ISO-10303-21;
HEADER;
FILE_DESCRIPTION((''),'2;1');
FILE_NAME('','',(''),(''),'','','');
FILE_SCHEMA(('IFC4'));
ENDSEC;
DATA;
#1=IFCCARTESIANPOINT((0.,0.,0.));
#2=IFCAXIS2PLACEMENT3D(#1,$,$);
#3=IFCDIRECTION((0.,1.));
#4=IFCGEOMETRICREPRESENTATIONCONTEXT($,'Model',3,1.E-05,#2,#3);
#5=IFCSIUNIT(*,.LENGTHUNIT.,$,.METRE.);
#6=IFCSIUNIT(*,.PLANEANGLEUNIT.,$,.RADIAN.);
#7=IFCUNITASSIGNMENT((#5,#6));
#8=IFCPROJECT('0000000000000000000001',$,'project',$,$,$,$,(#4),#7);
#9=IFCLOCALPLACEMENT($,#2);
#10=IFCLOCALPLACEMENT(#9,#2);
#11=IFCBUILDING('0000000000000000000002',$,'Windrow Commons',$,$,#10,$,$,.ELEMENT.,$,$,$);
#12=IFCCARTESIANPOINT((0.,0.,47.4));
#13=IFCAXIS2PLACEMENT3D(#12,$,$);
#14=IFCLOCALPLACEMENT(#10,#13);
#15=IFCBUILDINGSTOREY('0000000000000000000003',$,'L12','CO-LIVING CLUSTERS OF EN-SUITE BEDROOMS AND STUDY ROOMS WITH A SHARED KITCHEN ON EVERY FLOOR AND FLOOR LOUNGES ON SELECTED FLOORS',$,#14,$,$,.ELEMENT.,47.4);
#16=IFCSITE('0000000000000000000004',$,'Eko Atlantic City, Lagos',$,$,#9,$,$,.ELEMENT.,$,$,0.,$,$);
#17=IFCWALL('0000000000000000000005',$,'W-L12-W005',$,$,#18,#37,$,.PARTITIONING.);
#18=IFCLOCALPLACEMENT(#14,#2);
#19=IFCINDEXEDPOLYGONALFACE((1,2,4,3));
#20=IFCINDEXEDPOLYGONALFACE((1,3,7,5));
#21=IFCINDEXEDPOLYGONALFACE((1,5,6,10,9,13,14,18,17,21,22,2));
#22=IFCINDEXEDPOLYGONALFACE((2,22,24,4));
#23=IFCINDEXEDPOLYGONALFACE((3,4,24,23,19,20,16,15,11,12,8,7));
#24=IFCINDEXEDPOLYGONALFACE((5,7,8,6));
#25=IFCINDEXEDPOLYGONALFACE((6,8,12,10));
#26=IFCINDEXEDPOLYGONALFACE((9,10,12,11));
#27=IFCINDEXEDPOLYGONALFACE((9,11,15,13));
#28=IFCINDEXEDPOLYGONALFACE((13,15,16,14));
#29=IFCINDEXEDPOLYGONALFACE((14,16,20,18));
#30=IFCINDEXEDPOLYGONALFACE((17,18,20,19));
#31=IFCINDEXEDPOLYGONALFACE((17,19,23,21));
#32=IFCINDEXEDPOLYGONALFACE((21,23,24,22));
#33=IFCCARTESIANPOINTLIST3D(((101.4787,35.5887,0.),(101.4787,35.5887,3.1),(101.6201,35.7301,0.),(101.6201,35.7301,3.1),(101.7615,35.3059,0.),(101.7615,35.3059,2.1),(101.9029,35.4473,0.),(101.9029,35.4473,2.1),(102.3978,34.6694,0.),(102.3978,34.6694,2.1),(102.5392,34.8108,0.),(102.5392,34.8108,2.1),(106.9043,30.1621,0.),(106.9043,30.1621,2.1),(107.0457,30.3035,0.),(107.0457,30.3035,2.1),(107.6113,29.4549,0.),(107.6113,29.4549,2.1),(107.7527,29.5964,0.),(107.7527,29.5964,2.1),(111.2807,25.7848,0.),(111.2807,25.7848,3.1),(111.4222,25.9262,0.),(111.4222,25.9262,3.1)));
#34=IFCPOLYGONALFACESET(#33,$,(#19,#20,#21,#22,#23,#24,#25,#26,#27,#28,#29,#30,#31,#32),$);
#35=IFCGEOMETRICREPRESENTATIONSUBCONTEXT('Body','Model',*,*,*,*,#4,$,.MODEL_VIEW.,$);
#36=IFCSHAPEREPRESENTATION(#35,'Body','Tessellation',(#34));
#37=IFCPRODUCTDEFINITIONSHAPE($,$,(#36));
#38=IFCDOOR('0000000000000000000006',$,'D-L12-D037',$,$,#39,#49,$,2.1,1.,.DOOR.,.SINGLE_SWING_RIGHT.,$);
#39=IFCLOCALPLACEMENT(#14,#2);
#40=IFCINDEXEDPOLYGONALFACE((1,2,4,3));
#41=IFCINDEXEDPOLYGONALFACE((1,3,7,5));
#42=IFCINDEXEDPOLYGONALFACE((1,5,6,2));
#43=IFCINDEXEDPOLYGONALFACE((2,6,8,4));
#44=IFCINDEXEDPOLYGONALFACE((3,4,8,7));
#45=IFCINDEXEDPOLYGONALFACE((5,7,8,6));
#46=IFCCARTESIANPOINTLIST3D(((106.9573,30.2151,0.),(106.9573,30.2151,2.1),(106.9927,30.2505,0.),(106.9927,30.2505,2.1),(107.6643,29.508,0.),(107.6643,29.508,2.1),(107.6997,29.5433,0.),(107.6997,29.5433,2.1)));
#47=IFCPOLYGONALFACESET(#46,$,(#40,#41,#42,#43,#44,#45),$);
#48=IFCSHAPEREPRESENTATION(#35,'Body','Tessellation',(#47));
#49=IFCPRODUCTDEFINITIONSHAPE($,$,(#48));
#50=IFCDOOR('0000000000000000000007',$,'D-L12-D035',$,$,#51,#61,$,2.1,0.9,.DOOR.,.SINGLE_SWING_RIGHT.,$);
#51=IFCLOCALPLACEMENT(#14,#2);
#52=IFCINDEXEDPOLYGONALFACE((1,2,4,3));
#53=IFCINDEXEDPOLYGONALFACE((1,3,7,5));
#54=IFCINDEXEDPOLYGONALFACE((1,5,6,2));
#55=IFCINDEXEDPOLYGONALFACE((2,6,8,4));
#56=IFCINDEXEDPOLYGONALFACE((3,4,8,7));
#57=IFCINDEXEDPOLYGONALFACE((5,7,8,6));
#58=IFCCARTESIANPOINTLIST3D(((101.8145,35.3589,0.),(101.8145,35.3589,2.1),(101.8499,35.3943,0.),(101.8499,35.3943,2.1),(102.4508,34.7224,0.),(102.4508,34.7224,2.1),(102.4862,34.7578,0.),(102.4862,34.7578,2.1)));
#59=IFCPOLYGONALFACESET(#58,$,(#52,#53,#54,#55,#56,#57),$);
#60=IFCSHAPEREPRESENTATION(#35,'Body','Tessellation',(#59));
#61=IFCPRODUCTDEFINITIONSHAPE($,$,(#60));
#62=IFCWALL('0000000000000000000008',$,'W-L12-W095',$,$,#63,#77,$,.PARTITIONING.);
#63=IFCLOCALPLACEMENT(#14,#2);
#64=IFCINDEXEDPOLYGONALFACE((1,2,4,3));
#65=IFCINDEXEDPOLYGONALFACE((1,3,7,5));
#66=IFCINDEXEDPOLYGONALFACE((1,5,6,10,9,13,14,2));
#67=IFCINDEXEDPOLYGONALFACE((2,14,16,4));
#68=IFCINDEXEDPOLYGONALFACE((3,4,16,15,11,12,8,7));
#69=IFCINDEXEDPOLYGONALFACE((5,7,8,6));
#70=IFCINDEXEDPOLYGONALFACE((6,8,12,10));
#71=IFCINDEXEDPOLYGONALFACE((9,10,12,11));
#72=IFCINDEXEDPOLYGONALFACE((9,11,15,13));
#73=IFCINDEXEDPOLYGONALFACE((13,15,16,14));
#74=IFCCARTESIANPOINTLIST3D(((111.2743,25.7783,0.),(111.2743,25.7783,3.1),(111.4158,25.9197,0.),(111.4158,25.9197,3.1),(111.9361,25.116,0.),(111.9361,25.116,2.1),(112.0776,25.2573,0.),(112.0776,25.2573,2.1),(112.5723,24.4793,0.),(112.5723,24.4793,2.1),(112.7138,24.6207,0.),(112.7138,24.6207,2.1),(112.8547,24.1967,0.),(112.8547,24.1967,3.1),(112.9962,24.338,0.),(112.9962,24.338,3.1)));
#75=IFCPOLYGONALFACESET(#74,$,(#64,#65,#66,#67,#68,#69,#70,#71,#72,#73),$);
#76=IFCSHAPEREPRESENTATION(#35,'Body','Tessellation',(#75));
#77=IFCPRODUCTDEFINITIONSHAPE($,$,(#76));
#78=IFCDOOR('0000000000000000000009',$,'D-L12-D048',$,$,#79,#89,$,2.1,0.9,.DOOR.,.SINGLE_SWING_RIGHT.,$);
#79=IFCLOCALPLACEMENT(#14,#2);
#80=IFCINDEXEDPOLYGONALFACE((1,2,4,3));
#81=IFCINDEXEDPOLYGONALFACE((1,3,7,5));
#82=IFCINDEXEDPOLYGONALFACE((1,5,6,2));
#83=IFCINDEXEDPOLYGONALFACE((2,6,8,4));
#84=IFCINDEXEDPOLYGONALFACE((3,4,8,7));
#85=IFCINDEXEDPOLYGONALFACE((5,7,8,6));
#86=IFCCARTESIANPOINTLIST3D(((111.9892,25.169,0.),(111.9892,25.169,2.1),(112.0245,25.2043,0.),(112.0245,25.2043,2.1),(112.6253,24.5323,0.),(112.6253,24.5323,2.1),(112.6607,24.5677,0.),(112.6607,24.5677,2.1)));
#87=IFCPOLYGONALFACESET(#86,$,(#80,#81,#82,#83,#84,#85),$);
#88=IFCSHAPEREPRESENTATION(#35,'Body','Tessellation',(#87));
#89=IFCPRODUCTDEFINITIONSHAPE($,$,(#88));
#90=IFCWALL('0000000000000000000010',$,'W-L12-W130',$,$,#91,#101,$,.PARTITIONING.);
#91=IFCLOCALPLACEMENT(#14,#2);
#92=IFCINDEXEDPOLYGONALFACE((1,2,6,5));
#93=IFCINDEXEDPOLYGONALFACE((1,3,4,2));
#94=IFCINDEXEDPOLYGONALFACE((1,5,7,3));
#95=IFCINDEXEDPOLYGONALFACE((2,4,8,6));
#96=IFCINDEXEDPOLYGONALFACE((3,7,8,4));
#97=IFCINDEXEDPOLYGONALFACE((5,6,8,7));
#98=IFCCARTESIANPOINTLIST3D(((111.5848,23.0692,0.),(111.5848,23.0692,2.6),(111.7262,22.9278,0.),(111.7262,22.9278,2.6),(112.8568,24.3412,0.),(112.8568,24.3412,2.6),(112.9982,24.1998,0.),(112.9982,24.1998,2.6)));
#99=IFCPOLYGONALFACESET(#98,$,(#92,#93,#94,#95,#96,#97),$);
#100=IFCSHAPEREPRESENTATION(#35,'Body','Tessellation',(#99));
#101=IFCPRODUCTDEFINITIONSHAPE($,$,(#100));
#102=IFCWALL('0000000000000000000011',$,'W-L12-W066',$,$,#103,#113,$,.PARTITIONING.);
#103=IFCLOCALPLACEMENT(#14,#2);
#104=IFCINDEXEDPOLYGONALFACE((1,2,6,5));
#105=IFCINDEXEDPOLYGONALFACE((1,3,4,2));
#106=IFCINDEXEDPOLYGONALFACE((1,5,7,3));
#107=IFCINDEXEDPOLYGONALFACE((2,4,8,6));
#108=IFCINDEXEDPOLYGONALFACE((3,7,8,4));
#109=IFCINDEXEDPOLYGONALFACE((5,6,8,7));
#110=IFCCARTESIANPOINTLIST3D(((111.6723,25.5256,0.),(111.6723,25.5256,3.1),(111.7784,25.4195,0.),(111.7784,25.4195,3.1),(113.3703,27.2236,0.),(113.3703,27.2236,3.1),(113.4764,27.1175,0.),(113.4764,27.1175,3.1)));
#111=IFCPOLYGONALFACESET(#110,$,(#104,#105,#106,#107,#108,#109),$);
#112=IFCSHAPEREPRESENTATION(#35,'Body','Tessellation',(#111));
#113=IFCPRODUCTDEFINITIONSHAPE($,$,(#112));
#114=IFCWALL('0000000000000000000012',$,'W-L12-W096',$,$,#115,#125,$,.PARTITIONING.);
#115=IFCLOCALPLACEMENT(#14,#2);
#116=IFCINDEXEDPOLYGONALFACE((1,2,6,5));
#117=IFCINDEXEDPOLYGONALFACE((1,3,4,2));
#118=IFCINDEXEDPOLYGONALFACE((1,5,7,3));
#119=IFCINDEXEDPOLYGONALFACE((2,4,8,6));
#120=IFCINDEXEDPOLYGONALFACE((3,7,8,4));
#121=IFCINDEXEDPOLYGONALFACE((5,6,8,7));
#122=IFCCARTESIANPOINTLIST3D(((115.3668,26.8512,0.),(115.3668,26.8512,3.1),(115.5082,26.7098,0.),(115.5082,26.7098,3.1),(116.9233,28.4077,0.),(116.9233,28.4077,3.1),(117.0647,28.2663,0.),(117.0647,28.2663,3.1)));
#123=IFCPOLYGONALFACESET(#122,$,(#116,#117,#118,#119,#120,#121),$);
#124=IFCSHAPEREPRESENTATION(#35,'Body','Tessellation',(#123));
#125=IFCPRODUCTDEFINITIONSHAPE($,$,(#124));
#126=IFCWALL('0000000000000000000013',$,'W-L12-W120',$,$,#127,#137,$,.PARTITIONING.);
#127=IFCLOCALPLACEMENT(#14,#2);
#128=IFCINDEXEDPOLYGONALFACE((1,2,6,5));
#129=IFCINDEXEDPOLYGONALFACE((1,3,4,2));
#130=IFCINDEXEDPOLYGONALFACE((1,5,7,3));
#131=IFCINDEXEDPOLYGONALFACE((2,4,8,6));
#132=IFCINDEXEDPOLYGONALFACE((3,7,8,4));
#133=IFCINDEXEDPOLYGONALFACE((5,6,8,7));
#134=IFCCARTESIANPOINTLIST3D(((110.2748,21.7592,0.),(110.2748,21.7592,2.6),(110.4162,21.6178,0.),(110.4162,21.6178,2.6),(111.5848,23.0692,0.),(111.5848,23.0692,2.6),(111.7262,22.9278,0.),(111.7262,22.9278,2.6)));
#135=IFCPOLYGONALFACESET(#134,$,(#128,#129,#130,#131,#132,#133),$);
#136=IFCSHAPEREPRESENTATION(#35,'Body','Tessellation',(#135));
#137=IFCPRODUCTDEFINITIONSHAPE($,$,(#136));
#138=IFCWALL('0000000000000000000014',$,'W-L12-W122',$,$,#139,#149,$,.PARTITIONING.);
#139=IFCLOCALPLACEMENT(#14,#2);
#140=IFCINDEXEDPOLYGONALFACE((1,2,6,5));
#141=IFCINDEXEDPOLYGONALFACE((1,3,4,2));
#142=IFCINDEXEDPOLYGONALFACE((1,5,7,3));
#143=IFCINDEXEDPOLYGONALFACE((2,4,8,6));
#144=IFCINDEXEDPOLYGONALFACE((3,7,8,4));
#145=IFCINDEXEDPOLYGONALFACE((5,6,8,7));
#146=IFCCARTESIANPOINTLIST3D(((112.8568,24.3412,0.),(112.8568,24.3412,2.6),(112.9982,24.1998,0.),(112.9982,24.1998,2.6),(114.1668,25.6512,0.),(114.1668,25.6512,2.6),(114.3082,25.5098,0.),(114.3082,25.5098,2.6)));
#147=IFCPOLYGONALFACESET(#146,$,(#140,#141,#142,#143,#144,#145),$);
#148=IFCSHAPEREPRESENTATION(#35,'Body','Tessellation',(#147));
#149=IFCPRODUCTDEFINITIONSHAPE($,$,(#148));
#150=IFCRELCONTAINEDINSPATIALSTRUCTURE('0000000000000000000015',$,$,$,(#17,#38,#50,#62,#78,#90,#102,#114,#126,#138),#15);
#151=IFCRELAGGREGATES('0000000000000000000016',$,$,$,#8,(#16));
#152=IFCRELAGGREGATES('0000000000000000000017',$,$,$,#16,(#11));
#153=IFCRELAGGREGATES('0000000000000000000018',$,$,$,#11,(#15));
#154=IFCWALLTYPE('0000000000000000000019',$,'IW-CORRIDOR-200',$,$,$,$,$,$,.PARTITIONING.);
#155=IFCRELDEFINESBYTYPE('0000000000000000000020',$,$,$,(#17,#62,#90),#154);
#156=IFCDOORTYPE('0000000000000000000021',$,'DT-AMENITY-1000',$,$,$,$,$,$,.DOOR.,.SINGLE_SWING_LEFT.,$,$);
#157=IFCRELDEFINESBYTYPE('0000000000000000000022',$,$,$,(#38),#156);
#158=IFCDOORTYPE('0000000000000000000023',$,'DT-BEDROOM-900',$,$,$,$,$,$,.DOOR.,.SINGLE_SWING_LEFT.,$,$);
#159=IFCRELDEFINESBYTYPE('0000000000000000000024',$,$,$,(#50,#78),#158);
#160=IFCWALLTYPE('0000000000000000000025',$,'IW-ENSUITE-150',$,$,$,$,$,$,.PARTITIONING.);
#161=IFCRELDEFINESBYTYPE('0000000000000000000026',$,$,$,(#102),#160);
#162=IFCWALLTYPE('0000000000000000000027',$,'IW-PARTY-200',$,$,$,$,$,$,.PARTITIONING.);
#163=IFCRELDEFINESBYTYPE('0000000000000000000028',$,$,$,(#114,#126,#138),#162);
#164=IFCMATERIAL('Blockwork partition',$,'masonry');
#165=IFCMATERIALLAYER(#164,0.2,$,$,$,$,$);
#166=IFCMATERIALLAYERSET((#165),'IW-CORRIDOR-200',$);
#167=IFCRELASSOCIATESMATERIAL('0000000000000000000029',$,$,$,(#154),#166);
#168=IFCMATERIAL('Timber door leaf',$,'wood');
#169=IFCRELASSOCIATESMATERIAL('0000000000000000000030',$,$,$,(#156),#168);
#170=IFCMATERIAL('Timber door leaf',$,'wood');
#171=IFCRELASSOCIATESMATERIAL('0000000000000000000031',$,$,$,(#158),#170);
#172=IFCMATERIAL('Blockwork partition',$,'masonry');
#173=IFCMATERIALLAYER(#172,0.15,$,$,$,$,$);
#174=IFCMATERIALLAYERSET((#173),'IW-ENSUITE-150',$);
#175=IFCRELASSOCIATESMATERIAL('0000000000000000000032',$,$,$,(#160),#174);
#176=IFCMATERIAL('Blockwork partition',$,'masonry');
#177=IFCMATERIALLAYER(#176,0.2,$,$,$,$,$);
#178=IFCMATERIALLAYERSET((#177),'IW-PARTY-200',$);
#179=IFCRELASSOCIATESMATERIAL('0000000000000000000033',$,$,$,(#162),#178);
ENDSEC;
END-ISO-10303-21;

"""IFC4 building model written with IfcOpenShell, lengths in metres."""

from ifc_helpers import new_model, si_unit, direction, frame, frame_2d, origin, place, context, subcontext, project, spatial, rectangle, extrude, material, layer, layer_set, type_object, element, fill, save


model = new_model("IFC4")

# Units and contexts
model_context = context("Model", 3, precision=1e-05, world=origin(), true_north=direction((0.0, 1.0)))
body_context = subcontext(model_context, "Body", "Model", "MODEL_VIEW")
ifc_project = project(units=[si_unit("LENGTHUNIT", "METRE"), si_unit("PLANEANGLEUNIT", "RADIAN")], contexts=[model_context])

# Site, building, storey
site_placement = place(None, origin())
site = spatial("IfcSite", under=ifc_project, at=site_placement, Name="Eko Atlantic City, Lagos", CompositionType="ELEMENT", RefElevation=0.0)
building_placement = place(site_placement, origin())
building = spatial("IfcBuilding", under=site, at=building_placement, Name="Windrow Commons", CompositionType="ELEMENT")
storey_placement = place(building_placement, frame((0.0, 0.0, 47.4)))
storey = spatial("IfcBuildingStorey", under=building, at=storey_placement, Name="L12", Description="CO-LIVING CLUSTERS OF EN-SUITE BEDROOMS AND STUDY ROOMS WITH A SHARED KITCHEN ON EVERY FLOOR AND FLOOR LOUNGES ON SELECTED FLOORS", CompositionType="ELEMENT", Elevation=47.4)

# Wall, openings, doors
ifc_material_1 = material(Name="Blockwork partition", Category="masonry")
ifc_layer_1 = layer(ifc_material_1, 0.2)
ifc_layer_set_1 = layer_set([ifc_layer_1], Name="IW-CORRIDOR-200")
wall_type_1 = type_object("IfcWallType", Name="IW-CORRIDOR-200", PredefinedType="PARTITIONING", material=ifc_layer_set_1)
wall_1_placement = place(storey_placement, frame((111.3515, 25.8555, 0.0), z_axis=(0.0, 0.0, 1.0), x_axis=(-0.707042, 0.707172, 0.0)))
wall_1 = element("IfcWall", 1, at=wall_1_placement, inside=storey, type_object=wall_type_1, Name="W-L12-W005", PredefinedType="PARTITIONING", context=body_context, shape_type="SweptSolid", body=[
    extrude(rectangle(XDim=13.8635, YDim=0.2, at=frame_2d((6.9318, 0.0))), origin(), (0.0, 0.0, 1.0), 3.1),
])
opening_1_placement = place(wall_1_placement, frame((12.5636, 0.0, 0.0)))
opening_1 = element("IfcOpeningElement", 2, at=opening_1_placement, cuts=wall_1, PredefinedType="OPENING", context=body_context, shape_type="SweptSolid", body=[
    extrude(rectangle(XDim=0.9, YDim=2.1, at=frame_2d((0.45, 1.05))), frame((0.0, 0.11, 0.0), z_axis=(0.0, -1.0, 0.0), x_axis=(1.0, 0.0, 0.0)), (0.0, 0.0, 1.0), 0.22),
])
opening_2_placement = place(wall_1_placement, frame((5.1899, 0.0, 0.0)))
opening_2 = element("IfcOpeningElement", 3, at=opening_2_placement, cuts=wall_1, PredefinedType="OPENING", context=body_context, shape_type="SweptSolid", body=[
    extrude(rectangle(XDim=1.0, YDim=2.1, at=frame_2d((0.5, 1.05))), frame((0.0, 0.11, 0.0), z_axis=(0.0, -1.0, 0.0), x_axis=(1.0, 0.0, 0.0)), (0.0, 0.0, 1.0), 0.22),
])
ifc_material_2 = material(Name="Timber door leaf", Category="wood")
door_type_1 = type_object("IfcDoorType", Name="DT-AMENITY-1000", OperationType="SINGLE_SWING_LEFT", PredefinedType="DOOR", material=ifc_material_2)
door_1_placement = place(opening_2_placement, origin())
door_1 = element("IfcDoor", 4, at=door_1_placement, inside=storey, type_object=door_type_1, Name="D-L12-D037", OperationType="SINGLE_SWING_RIGHT", OverallHeight=2.1, OverallWidth=1.0, PredefinedType="DOOR", context=body_context, shape_type="SweptSolid", body=[
    extrude(rectangle(XDim=1.0, YDim=2.1, at=frame_2d((0.5, 1.05))), frame((0.0, 0.025, 0.0), z_axis=(0.0, -1.0, 0.0), x_axis=(1.0, 0.0, 0.0)), (0.0, 0.0, 1.0), 0.05),
])
fill(opening_2, door_1)
ifc_material_3 = material(Name="Timber door leaf", Category="wood")
door_type_2 = type_object("IfcDoorType", Name="DT-BEDROOM-900", OperationType="SINGLE_SWING_LEFT", PredefinedType="DOOR", material=ifc_material_3)
door_2_placement = place(opening_1_placement, origin())
door_2 = element("IfcDoor", 5, at=door_2_placement, inside=storey, type_object=door_type_2, Name="D-L12-D035", OperationType="SINGLE_SWING_RIGHT", OverallHeight=2.1, OverallWidth=0.9, PredefinedType="DOOR", context=body_context, shape_type="SweptSolid", body=[
    extrude(rectangle(XDim=0.9, YDim=2.1, at=frame_2d((0.45, 1.05))), frame((0.0, 0.025, 0.0), z_axis=(0.0, -1.0, 0.0), x_axis=(1.0, 0.0, 0.0)), (0.0, 0.0, 1.0), 0.05),
])
fill(opening_1, door_2)

# Wall, opening, door
wall_2_placement = place(storey_placement, frame((112.9254, 24.2674, 0.0), z_axis=(0.0, 0.0, 1.0), x_axis=(-0.706838, 0.707375, 0.0)))
wall_2 = element("IfcWall", 6, at=wall_2_placement, inside=storey, type_object=wall_type_1, Name="W-L12-W095", PredefinedType="PARTITIONING", context=body_context, shape_type="SweptSolid", body=[
    extrude(rectangle(XDim=2.2359, YDim=0.2, at=frame_2d((1.1179, 0.0))), origin(), (0.0, 0.0, 1.0), 3.1),
])
opening_3_placement = place(wall_2_placement, frame((0.3995, 0.0, 0.0)))
opening_3 = element("IfcOpeningElement", 7, at=opening_3_placement, cuts=wall_2, PredefinedType="OPENING", context=body_context, shape_type="SweptSolid", body=[
    extrude(rectangle(XDim=0.9, YDim=2.1, at=frame_2d((0.45, 1.05))), frame((0.0, 0.11, 0.0), z_axis=(0.0, -1.0, 0.0), x_axis=(1.0, 0.0, 0.0)), (0.0, 0.0, 1.0), 0.22),
])
door_3_placement = place(opening_3_placement, origin())
door_3 = element("IfcDoor", 8, at=door_3_placement, inside=storey, type_object=door_type_2, Name="D-L12-D048", OperationType="SINGLE_SWING_RIGHT", OverallHeight=2.1, OverallWidth=0.9, PredefinedType="DOOR", context=body_context, shape_type="SweptSolid", body=[
    extrude(rectangle(XDim=0.9, YDim=2.1, at=frame_2d((0.45, 1.05))), frame((0.0, 0.025, 0.0), z_axis=(0.0, -1.0, 0.0), x_axis=(1.0, 0.0, 0.0)), (0.0, 0.0, 1.0), 0.05),
])
fill(opening_3, door_3)

# Walls
wall_3_placement = place(storey_placement, frame((111.6555, 22.9985, 0.0), z_axis=(0.0, 0.0, 1.0), x_axis=(0.707107, 0.707107, 0.0)))
element("IfcWall", 9, at=wall_3_placement, inside=storey, type_object=wall_type_1, Name="W-L12-W130", PredefinedType="PARTITIONING", context=body_context, shape_type="SweptSolid", body=[
    extrude(rectangle(XDim=1.7989, YDim=0.2, at=frame_2d((0.8994, 0.0))), origin(), (0.0, 0.0, 1.0), 2.6),
])
ifc_material_4 = material(Name="Blockwork partition", Category="masonry")
ifc_layer_2 = layer(ifc_material_4, 0.15)
ifc_layer_set_2 = layer_set([ifc_layer_2], Name="IW-ENSUITE-150")
wall_type_2 = type_object("IfcWallType", Name="IW-ENSUITE-150", PredefinedType="PARTITIONING", material=ifc_layer_set_2)
wall_4_placement = place(storey_placement, frame((111.7254, 25.4726, 0.0), z_axis=(0.0, 0.0, 1.0), x_axis=(0.707107, 0.707107, 0.0)))
element("IfcWall", 10, at=wall_4_placement, inside=storey, type_object=wall_type_2, Name="W-L12-W066", PredefinedType="PARTITIONING", context=body_context, shape_type="SweptSolid", body=[
    extrude(rectangle(XDim=2.4013, YDim=0.15, at=frame_2d((1.2006, 0.0))), origin(), (0.0, 0.0, 1.0), 3.1),
])
ifc_material_5 = material(Name="Blockwork partition", Category="masonry")
ifc_layer_3 = layer(ifc_material_5, 0.2)
ifc_layer_set_3 = layer_set([ifc_layer_3], Name="IW-PARTY-200")
wall_type_3 = type_object("IfcWallType", Name="IW-PARTY-200", PredefinedType="PARTITIONING", material=ifc_layer_set_3)
wall_5_placement = place(storey_placement, frame((115.4375, 26.7805, 0.0), z_axis=(0.0, 0.0, 1.0), x_axis=(0.707107, 0.707107, 0.0)))
element("IfcWall", 11, at=wall_5_placement, inside=storey, type_object=wall_type_3, Name="W-L12-W096", PredefinedType="PARTITIONING", context=body_context, shape_type="SweptSolid", body=[
    extrude(rectangle(XDim=2.2012, YDim=0.2, at=frame_2d((1.1006, 0.0))), origin(), (0.0, 0.0, 1.0), 3.1),
])
for number, where, z_axis, x_axis, name in (
    (12, (110.3455, 21.6885, 0.0), (0.0, 0.0, 1.0), (0.707107, 0.707107, 0.0), "W-L12-W120"),
    (13, (112.9275, 24.2705, 0.0), (0.0, 0.0, 1.0), (0.707107, 0.707107, 0.0), "W-L12-W122"),
):
    element("IfcWall", number, at=place(storey_placement, frame(where, z_axis=z_axis, x_axis=x_axis)), inside=storey, type_object=wall_type_3, Name=name, PredefinedType="PARTITIONING", context=body_context, shape_type="SweptSolid", body=[
        extrude(rectangle(XDim=1.8526, YDim=0.2, at=frame_2d((0.9263, 0.0))), origin(), (0.0, 0.0, 1.0), 2.6),
    ])

save(model, "model.ifc")
